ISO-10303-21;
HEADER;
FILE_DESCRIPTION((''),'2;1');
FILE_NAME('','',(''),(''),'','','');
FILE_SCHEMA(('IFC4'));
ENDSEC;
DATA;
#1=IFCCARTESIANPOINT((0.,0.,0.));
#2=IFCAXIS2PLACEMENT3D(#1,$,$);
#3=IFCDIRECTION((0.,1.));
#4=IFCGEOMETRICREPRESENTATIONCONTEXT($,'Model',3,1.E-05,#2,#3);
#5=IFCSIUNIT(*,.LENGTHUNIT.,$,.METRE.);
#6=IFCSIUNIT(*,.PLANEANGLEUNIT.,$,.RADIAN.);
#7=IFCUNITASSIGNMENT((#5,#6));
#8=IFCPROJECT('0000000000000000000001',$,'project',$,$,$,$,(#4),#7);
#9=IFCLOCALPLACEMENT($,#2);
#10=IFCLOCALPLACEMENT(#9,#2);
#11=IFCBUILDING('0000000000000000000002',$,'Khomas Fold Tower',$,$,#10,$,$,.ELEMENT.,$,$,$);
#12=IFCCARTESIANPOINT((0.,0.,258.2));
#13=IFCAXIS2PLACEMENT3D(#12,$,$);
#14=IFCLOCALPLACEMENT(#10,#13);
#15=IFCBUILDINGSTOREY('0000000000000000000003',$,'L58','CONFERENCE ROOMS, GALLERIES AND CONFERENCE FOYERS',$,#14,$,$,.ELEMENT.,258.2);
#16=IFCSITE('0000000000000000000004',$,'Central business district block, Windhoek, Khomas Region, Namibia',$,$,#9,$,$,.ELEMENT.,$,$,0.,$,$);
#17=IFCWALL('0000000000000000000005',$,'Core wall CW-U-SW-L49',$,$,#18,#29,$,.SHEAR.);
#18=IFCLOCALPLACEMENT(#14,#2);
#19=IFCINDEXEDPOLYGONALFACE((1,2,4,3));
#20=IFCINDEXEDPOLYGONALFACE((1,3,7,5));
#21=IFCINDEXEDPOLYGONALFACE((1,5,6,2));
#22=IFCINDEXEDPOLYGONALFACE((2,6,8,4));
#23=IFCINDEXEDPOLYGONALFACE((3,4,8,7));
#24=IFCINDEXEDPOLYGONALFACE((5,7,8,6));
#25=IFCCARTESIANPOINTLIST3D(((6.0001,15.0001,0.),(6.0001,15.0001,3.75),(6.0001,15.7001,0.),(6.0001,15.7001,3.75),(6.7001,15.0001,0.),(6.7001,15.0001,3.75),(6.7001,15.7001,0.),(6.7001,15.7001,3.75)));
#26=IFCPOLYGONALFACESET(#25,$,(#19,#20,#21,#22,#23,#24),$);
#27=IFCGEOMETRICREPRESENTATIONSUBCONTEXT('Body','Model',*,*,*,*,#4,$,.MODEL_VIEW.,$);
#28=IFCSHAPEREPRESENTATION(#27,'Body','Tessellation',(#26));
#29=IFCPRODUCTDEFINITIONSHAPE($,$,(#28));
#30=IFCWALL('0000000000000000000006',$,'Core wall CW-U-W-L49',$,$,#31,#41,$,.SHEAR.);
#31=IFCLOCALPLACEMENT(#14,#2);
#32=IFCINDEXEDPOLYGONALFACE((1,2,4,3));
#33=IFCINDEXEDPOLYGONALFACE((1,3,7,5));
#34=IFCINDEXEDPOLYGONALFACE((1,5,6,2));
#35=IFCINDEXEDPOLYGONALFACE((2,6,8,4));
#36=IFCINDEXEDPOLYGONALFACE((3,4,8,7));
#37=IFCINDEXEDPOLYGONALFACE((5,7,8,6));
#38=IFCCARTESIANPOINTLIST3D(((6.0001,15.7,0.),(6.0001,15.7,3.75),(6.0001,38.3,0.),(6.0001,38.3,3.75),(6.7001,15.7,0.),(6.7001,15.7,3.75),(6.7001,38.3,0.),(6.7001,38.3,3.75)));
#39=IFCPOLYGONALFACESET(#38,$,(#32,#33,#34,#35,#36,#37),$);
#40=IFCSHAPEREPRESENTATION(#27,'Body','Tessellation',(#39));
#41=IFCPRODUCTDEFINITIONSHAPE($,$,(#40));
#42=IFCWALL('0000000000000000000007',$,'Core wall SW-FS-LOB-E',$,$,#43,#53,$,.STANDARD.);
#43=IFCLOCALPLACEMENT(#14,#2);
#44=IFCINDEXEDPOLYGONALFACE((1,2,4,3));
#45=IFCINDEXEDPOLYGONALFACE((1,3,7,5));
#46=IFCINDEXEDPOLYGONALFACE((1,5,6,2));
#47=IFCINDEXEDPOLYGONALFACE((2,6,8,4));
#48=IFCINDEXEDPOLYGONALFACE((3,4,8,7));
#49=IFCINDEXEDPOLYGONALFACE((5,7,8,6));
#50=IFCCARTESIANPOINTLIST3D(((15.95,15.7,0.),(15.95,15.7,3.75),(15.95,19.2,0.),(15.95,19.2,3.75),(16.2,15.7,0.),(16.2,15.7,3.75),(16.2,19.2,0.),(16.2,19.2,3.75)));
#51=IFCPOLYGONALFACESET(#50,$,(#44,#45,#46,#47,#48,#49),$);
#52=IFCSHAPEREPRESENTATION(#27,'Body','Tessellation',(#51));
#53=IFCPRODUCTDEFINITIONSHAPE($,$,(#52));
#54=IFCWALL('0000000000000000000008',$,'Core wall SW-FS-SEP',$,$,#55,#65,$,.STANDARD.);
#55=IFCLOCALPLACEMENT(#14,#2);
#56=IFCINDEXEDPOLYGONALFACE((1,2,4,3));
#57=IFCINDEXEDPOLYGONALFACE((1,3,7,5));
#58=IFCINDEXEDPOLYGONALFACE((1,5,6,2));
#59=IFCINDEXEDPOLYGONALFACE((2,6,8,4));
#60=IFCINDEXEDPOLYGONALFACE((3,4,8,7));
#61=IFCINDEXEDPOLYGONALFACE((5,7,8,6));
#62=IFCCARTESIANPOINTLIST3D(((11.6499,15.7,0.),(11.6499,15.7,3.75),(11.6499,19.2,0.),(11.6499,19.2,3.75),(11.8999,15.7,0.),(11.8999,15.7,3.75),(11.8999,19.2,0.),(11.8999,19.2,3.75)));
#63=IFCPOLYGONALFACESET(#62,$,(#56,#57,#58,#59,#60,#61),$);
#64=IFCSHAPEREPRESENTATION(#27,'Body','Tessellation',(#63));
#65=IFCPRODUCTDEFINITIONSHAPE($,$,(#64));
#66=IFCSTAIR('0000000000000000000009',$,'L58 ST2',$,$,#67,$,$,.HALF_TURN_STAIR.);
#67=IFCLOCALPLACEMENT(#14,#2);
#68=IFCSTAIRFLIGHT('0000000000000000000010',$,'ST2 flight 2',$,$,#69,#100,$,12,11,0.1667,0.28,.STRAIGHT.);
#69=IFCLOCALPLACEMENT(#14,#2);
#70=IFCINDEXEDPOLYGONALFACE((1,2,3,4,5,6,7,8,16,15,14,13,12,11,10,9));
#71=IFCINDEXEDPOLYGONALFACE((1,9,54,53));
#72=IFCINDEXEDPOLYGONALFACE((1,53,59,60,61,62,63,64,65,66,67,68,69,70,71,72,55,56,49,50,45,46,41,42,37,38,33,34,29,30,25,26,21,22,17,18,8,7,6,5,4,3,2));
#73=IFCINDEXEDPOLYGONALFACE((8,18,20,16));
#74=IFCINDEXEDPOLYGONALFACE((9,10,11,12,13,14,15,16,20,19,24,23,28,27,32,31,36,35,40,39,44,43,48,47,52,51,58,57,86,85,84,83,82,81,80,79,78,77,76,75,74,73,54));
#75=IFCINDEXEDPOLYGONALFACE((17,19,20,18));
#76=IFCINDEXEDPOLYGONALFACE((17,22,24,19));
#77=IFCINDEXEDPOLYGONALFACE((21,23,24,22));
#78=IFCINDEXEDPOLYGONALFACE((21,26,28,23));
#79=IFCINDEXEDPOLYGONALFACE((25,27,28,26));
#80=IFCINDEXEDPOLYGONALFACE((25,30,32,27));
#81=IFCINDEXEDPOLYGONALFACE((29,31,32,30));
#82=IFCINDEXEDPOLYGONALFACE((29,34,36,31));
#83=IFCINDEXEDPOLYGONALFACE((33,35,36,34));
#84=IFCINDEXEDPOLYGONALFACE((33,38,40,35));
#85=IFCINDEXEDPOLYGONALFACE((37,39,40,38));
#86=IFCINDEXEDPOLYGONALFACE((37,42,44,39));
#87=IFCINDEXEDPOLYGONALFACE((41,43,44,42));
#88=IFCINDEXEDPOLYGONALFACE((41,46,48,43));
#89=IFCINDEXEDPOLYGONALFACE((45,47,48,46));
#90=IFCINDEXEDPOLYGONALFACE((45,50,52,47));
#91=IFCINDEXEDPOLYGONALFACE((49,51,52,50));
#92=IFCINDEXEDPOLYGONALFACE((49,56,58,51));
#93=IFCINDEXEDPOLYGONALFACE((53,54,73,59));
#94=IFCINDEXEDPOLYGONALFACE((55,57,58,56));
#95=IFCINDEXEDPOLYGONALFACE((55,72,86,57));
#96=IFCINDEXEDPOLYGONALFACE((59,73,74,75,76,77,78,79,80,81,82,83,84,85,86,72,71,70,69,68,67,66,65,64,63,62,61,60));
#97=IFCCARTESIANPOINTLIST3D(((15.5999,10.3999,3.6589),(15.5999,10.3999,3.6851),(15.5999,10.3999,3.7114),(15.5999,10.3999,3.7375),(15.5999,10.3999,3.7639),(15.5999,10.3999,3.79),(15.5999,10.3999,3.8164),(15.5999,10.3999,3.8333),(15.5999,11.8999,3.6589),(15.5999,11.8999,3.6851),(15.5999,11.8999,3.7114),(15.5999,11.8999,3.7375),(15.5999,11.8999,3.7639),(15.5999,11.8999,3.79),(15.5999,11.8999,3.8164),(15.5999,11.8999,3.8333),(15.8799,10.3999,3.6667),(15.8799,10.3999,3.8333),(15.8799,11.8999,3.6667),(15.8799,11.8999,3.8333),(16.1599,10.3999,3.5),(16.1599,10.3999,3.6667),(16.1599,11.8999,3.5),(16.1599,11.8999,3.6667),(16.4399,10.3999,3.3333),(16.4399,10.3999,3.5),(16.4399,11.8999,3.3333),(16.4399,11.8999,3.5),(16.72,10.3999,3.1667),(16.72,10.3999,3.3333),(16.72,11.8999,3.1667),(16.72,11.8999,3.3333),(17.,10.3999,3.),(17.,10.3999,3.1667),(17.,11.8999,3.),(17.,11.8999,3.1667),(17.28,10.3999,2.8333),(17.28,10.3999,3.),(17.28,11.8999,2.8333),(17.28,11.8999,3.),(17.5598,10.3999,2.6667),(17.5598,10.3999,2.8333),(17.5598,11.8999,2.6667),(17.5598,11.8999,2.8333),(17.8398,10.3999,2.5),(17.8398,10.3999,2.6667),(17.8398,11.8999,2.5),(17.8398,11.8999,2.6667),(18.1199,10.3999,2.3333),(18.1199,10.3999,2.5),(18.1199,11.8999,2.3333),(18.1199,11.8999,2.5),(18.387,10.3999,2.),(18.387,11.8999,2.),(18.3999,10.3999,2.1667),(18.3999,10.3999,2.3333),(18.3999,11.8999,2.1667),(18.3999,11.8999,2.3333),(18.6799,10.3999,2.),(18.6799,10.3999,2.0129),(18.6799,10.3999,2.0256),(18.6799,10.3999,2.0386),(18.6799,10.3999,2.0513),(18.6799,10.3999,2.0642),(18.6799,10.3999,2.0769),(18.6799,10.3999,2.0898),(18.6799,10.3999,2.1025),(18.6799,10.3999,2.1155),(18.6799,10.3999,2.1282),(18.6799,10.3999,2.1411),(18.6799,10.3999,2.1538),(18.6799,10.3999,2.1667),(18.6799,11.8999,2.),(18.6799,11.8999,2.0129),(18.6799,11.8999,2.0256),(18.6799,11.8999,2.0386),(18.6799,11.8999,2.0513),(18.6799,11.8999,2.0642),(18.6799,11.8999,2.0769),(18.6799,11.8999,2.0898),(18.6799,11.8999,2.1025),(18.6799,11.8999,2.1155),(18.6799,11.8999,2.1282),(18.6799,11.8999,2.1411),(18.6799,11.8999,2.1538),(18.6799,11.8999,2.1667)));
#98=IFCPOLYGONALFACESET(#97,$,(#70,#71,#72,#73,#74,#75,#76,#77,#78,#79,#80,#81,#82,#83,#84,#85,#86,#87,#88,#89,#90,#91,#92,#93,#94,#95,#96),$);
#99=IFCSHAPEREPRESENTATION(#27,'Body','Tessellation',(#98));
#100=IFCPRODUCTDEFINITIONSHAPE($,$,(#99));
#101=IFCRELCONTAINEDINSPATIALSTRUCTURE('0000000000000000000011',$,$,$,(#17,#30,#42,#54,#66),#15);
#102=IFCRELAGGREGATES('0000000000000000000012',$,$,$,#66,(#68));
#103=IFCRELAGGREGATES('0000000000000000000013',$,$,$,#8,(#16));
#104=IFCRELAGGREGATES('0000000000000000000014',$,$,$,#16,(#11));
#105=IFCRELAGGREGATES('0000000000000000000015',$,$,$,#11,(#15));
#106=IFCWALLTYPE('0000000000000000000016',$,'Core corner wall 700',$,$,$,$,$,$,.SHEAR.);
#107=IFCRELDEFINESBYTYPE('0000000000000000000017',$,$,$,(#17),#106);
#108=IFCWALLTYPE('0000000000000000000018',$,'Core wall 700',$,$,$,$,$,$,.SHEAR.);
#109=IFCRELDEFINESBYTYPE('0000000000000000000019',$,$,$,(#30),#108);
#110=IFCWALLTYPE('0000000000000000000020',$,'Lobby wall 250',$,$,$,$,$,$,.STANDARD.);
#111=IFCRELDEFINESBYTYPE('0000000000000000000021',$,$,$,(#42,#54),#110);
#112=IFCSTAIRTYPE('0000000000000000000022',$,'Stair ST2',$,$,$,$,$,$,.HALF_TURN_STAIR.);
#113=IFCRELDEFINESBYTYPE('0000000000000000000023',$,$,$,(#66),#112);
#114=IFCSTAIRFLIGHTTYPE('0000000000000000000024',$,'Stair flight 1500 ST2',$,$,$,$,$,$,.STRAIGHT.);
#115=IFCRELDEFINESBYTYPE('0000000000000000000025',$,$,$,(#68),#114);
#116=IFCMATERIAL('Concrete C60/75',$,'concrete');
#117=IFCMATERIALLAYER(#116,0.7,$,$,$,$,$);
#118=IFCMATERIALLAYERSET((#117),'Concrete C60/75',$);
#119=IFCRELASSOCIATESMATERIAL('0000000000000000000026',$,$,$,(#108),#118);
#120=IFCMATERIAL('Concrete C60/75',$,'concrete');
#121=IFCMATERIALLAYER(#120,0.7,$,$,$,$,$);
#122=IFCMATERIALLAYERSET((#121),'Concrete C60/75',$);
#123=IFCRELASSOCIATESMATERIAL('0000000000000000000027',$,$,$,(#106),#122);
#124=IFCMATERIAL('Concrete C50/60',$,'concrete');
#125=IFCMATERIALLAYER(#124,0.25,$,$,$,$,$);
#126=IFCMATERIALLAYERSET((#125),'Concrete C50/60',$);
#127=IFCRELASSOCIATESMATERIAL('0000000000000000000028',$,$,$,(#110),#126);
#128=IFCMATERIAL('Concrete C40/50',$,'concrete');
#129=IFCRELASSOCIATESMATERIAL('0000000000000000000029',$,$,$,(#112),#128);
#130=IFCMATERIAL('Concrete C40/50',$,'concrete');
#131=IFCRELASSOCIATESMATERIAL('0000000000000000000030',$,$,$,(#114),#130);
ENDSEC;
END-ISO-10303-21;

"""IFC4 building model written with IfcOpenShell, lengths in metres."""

from ifc_helpers import new_model, si_unit, direction, frame, frame_2d, origin, place, context, subcontext, project, spatial, polyline, rectangle, outline, extrude, source, transform, mapped, material, layer, layer_set, type_object, element, aggregate, save


model = new_model("IFC4")

# Units and contexts
model_context = context("Model", 3, precision=1e-05, world=origin(), true_north=direction((0.0, 1.0)))
body_context = subcontext(model_context, "Body", "Model", "MODEL_VIEW")
ifc_project = project(units=[si_unit("LENGTHUNIT", "METRE"), si_unit("PLANEANGLEUNIT", "RADIAN")], contexts=[model_context])

# Site, building, storey
site_placement = place(None, origin())
site = spatial("IfcSite", under=ifc_project, at=site_placement, Name="Central business district block, Windhoek, Khomas Region, Namibia", CompositionType="ELEMENT", RefElevation=0.0)
building_placement = place(site_placement, origin())
building = spatial("IfcBuilding", under=site, at=building_placement, Name="Khomas Fold Tower", CompositionType="ELEMENT")
storey_placement = place(building_placement, frame((0.0, 0.0, 258.2)))
storey = spatial("IfcBuildingStorey", under=building, at=storey_placement, Name="L58", Description="CONFERENCE ROOMS, GALLERIES AND CONFERENCE FOYERS", CompositionType="ELEMENT", Elevation=258.2)

# Shared definitions
ifc_material_1 = material(Name="Concrete C60/75", Category="concrete")
ifc_layer_1 = layer(ifc_material_1, 0.7)
ifc_layer_set_1 = layer_set([ifc_layer_1], Name="Concrete C60/75")
wall_type_1 = type_object("IfcWallType", Name="Core wall 700", PredefinedType="SHEAR", material=ifc_layer_set_1)

# Walls
ifc_material_2 = material(Name="Concrete C60/75", Category="concrete")
ifc_layer_2 = layer(ifc_material_2, 0.7)
ifc_layer_set_2 = layer_set([ifc_layer_2], Name="Concrete C60/75")
wall_type_2 = type_object("IfcWallType", Name="Core corner wall 700", PredefinedType="SHEAR", material=ifc_layer_set_2)
shared_shape_1 = source(origin(), body_context, "Body", "SweptSolid", [
    extrude(rectangle(XDim=0.7, YDim=0.7, at=frame_2d((0.3501, 0.0))), origin(), (0.0, 0.0, 1.0), 3.75),
])
wall_1_placement = place(storey_placement, frame((6.0, 15.3501, 0.0), z_axis=(0.0, 0.0, 1.0), x_axis=(1.0, 0.0, 0.0)))
element("IfcWall", 1, at=wall_1_placement, inside=storey, type_object=wall_type_2, Name="Core wall CW-U-SW-L49", PredefinedType="SHEAR", context=body_context, shape_type="MappedRepresentation", body=[
    mapped(shared_shape_1, transform((0.0, 0.0, 0.0))),
])
shared_shape_2 = source(origin(), body_context, "Body", "SweptSolid", [
    extrude(rectangle(XDim=22.6001, YDim=0.7, at=frame_2d((11.3, 0.0))), origin(), (0.0, 0.0, 1.0), 3.75),
])
wall_2_placement = place(storey_placement, frame((6.3501, 15.7, 0.0), z_axis=(0.0, 0.0, 1.0), x_axis=(0.0, 1.0, 0.0)))
element("IfcWall", 2, at=wall_2_placement, inside=storey, type_object=wall_type_1, Name="Core wall CW-U-W-L49", PredefinedType="SHEAR", context=body_context, shape_type="MappedRepresentation", body=[
    mapped(shared_shape_2, transform((0.0, 0.0, 0.0))),
])
ifc_material_3 = material(Name="Concrete C50/60", Category="concrete")
ifc_layer_3 = layer(ifc_material_3, 0.25)
ifc_layer_set_3 = layer_set([ifc_layer_3], Name="Concrete C50/60")
wall_type_3 = type_object("IfcWallType", Name="Lobby wall 250", PredefinedType="STANDARD", material=ifc_layer_set_3)
shared_shape_3 = source(origin(), body_context, "Body", "SweptSolid", [
    extrude(rectangle(XDim=3.5, YDim=0.25, at=frame_2d((1.75, 0.0))), origin(), (0.0, 0.0, 1.0), 3.75),
])
for number, where, z_axis, x_axis, name in (
    (3, (16.075, 15.7, 0.0), (0.0, 0.0, 1.0), (0.0, 1.0, 0.0), "Core wall SW-FS-LOB-E"),
    (4, (11.7749, 15.7, 0.0), (0.0, 0.0, 1.0), (0.0, 1.0, 0.0), "Core wall SW-FS-SEP"),
):
    element("IfcWall", number, at=place(storey_placement, frame(where, z_axis=z_axis, x_axis=x_axis)), inside=storey, type_object=wall_type_3, Name=name, PredefinedType="STANDARD", context=body_context, shape_type="MappedRepresentation", body=[
        mapped(shared_shape_3, transform((0.0, 0.0, 0.0))),
    ])

# Stair, stair flight
ifc_material_4 = material(Name="Concrete C40/50", Category="concrete")
stair_type = type_object("IfcStairType", Name="Stair ST2", PredefinedType="HALF_TURN_STAIR", material=ifc_material_4)
stair_placement = place(storey_placement, origin())
stair = element("IfcStair", 5, at=stair_placement, inside=storey, type_object=stair_type, Name="L58 ST2", PredefinedType="HALF_TURN_STAIR")
ifc_material_5 = material(Name="Concrete C40/50", Category="concrete")
stair_flight_type = type_object("IfcStairFlightType", Name="Stair flight 1500 ST2", PredefinedType="STRAIGHT", material=ifc_material_5)
shared_shape_4 = source(origin(), body_context, "Body", "SweptSolid", [
    extrude(outline(polyline([(0.0, 0.0), (0.0, 0.0129), (0.0, 0.0256), (0.0, 0.0386), (0.0, 0.0513), (0.0, 0.0642), (0.0, 0.0769), (0.0, 0.0898), (0.0, 0.1025), (0.0, 0.1155), (0.0, 0.1282), (0.0, 0.1411), (0.0, 0.1538), (0.0, 0.1667), (0.28, 0.1667), (0.28, 0.3333), (0.5601, 0.3333), (0.5601, 0.5), (0.8401, 0.5), (0.8401, 0.6667), (1.1201, 0.6667), (1.1201, 0.8333), (1.3999, 0.8333), (1.3999, 1.0), (1.6799, 1.0), (1.6799, 1.1667), (1.96, 1.1667), (1.96, 1.3333), (2.24, 1.3333), (2.24, 1.5), (2.52, 1.5), (2.52, 1.6667), (2.8, 1.6667), (2.8, 1.8333), (3.0801, 1.8333), (3.0801, 2.0), (3.0801, 1.9739), (3.0801, 1.9475), (3.0801, 1.9214), (3.0801, 1.895), (3.0801, 1.8689), (3.0801, 1.8425), (3.0801, 1.8164), (3.0801, 1.79), (3.0801, 1.7639), (3.0801, 1.7375), (3.0801, 1.7114), (3.0801, 1.6851), (3.0801, 1.6589), (0.293, 0.0), (0.0, 0.0)])), frame((0.0, 0.75, 0.0), z_axis=(0.0, -1.0, 0.0), x_axis=(1.0, 0.0, 0.0)), (0.0, 0.0, 1.0), 1.5),
])
stair_flight_placement = place(storey_placement, frame((18.6799, 11.1499, 2.0), z_axis=(0.0, 0.0, 1.0), x_axis=(-1.0, 0.0, 0.0)))
stair_flight = element("IfcStairFlight", 6, at=stair_flight_placement, type_object=stair_flight_type, Name="ST2 flight 2", NumberOfRisers=12, NumberOfTreads=11, PredefinedType="STRAIGHT", RiserHeight=0.1667, TreadLength=0.28, context=body_context, shape_type="MappedRepresentation", body=[
    mapped(shared_shape_4, transform((0.0, 0.0, 0.0))),
])
aggregate(stair, [stair_flight])

save(model, "model.ifc")
